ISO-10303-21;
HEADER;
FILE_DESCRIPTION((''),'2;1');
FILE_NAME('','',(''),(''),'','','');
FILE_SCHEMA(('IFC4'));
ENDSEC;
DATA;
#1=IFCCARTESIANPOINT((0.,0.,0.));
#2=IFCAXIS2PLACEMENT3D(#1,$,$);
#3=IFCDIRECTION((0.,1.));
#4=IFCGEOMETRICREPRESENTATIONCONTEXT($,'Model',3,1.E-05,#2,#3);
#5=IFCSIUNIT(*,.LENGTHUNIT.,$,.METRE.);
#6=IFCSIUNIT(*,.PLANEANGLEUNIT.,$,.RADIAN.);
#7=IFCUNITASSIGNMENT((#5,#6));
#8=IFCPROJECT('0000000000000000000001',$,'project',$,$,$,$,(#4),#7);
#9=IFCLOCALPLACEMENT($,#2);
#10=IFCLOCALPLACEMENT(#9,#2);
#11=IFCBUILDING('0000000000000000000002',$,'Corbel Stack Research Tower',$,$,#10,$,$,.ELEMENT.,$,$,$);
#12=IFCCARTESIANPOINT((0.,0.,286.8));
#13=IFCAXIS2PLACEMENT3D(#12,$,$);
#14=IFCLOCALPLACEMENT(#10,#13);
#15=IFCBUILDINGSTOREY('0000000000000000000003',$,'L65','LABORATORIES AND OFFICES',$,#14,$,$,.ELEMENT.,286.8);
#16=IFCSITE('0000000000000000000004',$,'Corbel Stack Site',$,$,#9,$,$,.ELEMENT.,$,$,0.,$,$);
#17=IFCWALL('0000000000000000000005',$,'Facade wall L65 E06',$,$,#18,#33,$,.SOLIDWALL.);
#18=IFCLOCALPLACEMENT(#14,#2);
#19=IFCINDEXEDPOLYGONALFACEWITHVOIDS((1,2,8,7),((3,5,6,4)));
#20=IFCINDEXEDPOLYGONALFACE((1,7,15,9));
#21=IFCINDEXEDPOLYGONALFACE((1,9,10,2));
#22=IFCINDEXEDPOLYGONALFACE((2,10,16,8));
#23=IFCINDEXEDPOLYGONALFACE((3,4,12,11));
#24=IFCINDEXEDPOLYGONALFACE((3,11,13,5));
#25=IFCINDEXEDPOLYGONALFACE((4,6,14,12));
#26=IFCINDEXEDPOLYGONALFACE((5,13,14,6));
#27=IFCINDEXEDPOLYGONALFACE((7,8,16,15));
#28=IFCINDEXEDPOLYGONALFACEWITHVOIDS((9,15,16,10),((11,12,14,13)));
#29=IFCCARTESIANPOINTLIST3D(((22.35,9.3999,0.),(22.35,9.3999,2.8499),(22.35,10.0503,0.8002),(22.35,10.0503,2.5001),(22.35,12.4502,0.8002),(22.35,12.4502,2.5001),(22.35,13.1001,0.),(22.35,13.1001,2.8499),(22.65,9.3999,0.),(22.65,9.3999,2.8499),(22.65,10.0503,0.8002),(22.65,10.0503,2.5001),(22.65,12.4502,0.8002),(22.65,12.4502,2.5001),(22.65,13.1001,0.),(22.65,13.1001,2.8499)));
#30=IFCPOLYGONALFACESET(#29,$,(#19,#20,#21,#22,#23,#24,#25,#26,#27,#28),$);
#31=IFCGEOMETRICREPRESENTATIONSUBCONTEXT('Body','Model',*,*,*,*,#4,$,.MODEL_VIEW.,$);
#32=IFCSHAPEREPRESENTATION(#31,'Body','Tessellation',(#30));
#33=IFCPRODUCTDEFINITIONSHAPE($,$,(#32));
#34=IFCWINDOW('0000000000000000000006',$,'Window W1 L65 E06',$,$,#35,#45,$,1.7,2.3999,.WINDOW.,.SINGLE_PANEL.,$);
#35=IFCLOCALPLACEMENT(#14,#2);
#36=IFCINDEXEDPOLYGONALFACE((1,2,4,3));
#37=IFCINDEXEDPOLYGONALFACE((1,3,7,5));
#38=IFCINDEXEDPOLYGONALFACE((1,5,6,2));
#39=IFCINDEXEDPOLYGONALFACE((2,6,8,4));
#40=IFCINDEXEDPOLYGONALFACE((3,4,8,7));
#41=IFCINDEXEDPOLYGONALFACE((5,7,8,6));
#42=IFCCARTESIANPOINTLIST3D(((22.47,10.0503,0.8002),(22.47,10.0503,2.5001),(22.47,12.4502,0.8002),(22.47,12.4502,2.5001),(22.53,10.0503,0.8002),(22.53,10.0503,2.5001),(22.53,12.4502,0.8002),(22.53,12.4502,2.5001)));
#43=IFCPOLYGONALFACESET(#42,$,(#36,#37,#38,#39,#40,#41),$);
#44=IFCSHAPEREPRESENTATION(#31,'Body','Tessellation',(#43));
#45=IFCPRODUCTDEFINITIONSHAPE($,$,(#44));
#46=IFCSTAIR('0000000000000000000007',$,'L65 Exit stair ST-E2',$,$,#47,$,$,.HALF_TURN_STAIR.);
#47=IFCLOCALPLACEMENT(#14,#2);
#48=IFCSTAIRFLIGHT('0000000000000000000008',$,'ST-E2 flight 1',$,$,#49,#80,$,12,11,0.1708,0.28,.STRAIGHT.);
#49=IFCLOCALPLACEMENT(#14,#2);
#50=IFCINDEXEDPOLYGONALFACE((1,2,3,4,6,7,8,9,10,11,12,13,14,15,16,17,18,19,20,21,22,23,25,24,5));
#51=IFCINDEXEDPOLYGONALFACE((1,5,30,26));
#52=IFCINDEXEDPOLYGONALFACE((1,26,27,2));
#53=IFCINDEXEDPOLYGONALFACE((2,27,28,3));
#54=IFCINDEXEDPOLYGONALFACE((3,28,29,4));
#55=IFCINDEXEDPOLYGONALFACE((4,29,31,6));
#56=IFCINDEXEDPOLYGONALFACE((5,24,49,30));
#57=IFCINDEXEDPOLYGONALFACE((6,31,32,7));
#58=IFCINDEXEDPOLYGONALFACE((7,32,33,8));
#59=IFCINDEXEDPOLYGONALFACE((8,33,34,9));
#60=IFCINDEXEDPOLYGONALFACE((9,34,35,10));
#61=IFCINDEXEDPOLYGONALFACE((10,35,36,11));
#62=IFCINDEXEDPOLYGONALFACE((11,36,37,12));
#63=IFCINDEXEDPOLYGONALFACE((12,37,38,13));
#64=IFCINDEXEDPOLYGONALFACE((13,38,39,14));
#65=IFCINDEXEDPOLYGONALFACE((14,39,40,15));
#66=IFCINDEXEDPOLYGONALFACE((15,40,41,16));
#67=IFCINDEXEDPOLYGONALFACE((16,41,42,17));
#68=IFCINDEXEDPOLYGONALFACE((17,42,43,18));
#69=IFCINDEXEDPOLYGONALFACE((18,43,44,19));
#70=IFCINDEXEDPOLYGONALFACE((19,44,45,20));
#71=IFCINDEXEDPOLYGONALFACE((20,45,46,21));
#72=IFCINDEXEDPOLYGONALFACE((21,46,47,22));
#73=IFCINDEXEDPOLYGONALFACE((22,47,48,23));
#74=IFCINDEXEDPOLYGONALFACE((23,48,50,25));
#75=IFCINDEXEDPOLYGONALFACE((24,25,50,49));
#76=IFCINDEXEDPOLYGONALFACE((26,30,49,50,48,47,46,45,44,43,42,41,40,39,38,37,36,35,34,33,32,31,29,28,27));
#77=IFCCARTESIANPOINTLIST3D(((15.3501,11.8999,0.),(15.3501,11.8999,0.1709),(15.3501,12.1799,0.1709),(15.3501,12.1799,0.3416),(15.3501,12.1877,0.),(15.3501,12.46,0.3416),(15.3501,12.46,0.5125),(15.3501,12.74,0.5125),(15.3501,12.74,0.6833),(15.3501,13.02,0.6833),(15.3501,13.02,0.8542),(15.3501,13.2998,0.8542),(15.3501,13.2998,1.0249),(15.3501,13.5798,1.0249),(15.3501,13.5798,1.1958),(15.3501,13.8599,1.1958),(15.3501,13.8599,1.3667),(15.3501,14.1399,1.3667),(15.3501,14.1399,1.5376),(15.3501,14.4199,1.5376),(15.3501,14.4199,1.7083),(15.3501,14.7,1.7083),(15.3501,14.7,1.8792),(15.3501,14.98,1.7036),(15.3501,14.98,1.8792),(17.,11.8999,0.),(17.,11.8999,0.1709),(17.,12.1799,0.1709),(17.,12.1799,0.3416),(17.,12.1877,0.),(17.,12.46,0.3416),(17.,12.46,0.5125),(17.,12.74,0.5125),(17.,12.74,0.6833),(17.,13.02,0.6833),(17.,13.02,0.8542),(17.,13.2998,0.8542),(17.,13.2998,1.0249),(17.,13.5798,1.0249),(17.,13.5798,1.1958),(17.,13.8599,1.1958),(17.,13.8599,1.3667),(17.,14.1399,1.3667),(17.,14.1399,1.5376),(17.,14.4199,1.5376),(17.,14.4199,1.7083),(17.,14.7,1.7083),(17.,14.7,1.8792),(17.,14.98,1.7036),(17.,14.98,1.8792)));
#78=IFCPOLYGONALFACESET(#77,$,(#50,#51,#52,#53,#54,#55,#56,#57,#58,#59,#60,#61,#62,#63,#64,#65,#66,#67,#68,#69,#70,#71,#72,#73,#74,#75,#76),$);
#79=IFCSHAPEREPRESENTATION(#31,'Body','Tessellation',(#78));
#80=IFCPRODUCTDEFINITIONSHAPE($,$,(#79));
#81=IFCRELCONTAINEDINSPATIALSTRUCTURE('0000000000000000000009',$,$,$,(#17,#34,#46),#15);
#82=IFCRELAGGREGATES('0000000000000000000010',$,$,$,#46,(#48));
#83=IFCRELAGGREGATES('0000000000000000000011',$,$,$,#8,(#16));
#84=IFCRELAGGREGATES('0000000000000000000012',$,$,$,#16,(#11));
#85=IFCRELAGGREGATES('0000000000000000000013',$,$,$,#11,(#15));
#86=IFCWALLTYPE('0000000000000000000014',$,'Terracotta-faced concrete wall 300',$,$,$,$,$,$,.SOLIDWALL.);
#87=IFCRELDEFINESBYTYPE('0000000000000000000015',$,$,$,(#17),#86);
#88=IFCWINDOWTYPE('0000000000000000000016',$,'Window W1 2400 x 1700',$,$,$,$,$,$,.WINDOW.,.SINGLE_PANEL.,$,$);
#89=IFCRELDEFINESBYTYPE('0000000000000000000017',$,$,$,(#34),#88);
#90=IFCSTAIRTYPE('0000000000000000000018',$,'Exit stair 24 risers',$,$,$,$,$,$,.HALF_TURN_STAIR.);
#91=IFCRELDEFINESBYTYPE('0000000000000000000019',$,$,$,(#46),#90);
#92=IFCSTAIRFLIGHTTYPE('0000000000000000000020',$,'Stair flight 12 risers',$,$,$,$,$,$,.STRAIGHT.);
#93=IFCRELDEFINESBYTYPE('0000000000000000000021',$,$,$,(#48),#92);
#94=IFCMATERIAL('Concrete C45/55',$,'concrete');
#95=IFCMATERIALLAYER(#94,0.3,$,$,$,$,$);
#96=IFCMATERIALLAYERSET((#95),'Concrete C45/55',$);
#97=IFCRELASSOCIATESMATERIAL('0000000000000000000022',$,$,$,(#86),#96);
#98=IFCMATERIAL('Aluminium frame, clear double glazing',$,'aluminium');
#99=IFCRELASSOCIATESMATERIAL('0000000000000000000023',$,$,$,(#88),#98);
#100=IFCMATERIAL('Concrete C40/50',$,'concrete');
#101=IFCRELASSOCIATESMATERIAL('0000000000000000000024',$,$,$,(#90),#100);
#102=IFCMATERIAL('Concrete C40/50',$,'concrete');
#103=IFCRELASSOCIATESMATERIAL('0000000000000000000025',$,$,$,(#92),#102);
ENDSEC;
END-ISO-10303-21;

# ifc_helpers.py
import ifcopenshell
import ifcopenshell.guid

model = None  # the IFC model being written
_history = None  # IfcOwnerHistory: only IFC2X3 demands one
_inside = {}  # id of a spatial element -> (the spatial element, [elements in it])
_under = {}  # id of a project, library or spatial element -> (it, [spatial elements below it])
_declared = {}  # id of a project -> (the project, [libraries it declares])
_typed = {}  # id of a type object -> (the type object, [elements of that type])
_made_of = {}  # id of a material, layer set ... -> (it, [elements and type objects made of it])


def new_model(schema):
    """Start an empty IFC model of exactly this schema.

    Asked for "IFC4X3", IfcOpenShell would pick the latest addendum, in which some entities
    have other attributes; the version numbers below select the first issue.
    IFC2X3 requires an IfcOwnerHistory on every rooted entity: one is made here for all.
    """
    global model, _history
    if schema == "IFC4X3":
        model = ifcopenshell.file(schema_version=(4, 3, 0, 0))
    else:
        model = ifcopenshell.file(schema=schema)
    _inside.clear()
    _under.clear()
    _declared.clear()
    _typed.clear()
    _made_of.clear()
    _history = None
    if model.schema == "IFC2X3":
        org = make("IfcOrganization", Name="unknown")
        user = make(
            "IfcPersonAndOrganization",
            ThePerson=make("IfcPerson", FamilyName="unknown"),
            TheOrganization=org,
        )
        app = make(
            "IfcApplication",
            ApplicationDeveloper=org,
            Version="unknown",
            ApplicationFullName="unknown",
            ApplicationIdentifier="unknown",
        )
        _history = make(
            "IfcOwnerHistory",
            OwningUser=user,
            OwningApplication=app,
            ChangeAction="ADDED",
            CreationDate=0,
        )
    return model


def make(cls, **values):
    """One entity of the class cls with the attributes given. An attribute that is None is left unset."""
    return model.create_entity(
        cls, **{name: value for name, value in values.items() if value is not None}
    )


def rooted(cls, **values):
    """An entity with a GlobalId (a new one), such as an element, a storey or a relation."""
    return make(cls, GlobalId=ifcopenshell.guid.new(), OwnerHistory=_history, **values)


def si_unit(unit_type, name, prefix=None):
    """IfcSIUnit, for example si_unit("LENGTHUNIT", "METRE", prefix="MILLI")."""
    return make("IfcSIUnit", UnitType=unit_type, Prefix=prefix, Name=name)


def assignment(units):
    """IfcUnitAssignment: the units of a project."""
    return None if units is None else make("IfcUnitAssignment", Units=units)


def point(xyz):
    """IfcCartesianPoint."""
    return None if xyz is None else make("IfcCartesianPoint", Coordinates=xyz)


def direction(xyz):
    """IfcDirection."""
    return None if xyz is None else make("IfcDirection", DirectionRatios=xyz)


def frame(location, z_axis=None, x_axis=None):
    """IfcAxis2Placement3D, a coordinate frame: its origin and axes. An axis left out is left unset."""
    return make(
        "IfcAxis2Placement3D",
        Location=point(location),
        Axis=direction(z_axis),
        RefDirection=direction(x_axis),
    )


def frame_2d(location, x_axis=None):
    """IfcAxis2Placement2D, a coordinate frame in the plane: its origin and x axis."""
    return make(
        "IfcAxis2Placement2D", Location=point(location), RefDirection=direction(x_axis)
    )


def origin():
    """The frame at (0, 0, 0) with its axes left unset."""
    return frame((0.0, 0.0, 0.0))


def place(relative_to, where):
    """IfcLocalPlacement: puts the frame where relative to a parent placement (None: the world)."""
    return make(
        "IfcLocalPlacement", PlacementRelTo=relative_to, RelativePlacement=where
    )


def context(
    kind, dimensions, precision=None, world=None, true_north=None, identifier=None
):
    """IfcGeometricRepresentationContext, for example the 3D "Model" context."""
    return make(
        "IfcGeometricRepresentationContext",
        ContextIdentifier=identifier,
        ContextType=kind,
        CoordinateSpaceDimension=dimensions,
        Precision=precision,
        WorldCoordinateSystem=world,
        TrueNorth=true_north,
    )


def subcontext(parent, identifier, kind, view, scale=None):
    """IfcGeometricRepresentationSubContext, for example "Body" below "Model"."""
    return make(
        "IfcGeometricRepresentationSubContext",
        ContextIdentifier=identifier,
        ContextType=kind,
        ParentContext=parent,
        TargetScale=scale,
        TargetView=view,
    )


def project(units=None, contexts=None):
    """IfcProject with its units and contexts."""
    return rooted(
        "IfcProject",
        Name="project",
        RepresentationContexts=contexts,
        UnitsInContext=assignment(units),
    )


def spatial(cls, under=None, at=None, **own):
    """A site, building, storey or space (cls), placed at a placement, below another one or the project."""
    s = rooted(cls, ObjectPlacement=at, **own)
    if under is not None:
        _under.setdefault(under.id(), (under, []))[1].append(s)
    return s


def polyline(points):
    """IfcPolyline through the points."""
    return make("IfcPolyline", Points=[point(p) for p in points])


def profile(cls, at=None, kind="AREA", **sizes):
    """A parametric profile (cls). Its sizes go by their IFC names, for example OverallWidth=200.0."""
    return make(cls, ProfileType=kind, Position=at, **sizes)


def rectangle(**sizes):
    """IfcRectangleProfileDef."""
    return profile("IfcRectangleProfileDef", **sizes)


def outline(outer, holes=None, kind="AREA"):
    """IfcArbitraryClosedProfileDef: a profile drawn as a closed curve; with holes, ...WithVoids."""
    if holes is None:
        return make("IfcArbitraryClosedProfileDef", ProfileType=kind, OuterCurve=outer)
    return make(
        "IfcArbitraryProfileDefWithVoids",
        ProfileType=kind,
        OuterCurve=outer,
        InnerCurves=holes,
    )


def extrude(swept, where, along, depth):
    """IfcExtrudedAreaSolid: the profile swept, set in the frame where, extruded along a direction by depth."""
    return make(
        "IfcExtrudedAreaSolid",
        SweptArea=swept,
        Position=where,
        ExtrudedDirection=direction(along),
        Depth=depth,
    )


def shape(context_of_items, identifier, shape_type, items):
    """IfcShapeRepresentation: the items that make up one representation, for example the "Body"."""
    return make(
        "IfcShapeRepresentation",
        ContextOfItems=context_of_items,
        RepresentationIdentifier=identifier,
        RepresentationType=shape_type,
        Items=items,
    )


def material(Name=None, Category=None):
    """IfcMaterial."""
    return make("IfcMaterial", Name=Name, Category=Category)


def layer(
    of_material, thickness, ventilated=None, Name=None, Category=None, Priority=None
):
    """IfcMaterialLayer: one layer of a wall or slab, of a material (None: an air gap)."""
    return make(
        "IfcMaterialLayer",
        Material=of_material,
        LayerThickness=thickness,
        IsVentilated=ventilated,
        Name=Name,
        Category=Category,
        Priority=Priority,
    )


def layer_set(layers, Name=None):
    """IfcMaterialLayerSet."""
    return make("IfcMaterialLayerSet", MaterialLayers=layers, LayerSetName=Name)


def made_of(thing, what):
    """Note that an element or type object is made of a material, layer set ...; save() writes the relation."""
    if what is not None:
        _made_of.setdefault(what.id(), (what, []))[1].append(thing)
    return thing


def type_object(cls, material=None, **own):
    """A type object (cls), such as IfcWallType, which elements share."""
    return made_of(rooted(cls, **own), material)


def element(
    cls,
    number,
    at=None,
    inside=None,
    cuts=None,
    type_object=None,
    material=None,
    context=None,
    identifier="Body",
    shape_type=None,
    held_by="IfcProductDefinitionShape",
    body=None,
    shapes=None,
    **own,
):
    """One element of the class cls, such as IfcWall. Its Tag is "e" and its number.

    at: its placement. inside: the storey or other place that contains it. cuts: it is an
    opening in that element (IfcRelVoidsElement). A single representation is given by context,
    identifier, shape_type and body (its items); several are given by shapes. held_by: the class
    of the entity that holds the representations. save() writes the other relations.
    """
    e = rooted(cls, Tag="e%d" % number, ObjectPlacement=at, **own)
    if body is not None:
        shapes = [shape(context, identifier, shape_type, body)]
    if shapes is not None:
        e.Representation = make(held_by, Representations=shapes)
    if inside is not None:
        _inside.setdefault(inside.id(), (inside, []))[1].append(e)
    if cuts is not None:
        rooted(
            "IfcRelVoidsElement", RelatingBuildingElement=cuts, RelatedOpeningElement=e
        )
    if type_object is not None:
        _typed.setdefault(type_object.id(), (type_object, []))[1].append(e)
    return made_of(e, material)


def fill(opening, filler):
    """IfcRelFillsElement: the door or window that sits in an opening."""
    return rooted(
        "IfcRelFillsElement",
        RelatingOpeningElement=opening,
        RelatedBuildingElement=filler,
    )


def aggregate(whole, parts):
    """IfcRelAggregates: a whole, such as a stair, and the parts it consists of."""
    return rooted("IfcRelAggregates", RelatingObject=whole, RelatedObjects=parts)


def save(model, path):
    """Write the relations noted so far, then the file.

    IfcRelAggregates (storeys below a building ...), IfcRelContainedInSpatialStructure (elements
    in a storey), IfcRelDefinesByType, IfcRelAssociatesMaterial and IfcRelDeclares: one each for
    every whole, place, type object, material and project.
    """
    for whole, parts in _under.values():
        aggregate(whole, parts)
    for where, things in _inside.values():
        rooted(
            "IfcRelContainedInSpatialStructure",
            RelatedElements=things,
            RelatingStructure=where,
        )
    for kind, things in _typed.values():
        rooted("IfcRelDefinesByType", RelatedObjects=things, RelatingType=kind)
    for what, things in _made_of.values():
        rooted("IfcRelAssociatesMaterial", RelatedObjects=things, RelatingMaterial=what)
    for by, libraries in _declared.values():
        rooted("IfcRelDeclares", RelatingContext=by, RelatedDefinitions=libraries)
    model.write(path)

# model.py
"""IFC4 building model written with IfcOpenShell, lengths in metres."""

from ifc_helpers import new_model, si_unit, direction, frame, frame_2d, origin, place, context, subcontext, project, spatial, polyline, rectangle, outline, extrude, material, layer, layer_set, type_object, element, fill, aggregate, save


model = new_model("IFC4")

# Units and contexts
model_context = context("Model", 3, precision=1e-05, world=origin(), true_north=direction((0.0, 1.0)))
body_context = subcontext(model_context, "Body", "Model", "MODEL_VIEW")
ifc_project = project(units=[si_unit("LENGTHUNIT", "METRE"), si_unit("PLANEANGLEUNIT", "RADIAN")], contexts=[model_context])

# Site, building, storey
site_placement = place(None, origin())
site = spatial("IfcSite", under=ifc_project, at=site_placement, Name="Corbel Stack Site", CompositionType="ELEMENT", RefElevation=0.0)
building_placement = place(site_placement, origin())
building = spatial("IfcBuilding", under=site, at=building_placement, Name="Corbel Stack Research Tower", CompositionType="ELEMENT")
storey_placement = place(building_placement, frame((0.0, 0.0, 286.8)))
storey = spatial("IfcBuildingStorey", under=building, at=storey_placement, Name="L65", Description="LABORATORIES AND OFFICES", CompositionType="ELEMENT", Elevation=286.8)

# Wall, opening, window
ifc_material_1 = material(Name="Concrete C45/55", Category="concrete")
ifc_layer_1 = layer(ifc_material_1, 0.3)
ifc_layer_set_1 = layer_set([ifc_layer_1], Name="Concrete C45/55")
wall_type_1 = type_object("IfcWallType", Name="Terracotta-faced concrete wall 300", PredefinedType="SOLIDWALL", material=ifc_layer_set_1)
ifc_material_2 = material(Name="Aluminium frame, clear double glazing", Category="aluminium")
window_type = type_object("IfcWindowType", Name="Window W1 2400 x 1700", PartitioningType="SINGLE_PANEL", PredefinedType="WINDOW", material=ifc_material_2)
wall_1_placement = place(storey_placement, frame((22.5, 13.1001, 0.0), z_axis=(0.0, 0.0, 1.0), x_axis=(0.0, -1.0, 0.0)))
wall_1 = element("IfcWall", 1, at=wall_1_placement, inside=storey, type_object=wall_type_1, Name="Facade wall L65 E06", PredefinedType="SOLIDWALL", context=body_context, shape_type="SweptSolid", body=[
    extrude(rectangle(XDim=3.7002, YDim=0.3, at=frame_2d((1.8501, 0.0))), origin(), (0.0, 0.0, 1.0), 2.8499),
])
opening_1_placement = place(wall_1_placement, frame((0.6499, 0.0, 0.8)))
opening_1 = element("IfcOpeningElement", 2, at=opening_1_placement, cuts=wall_1, PredefinedType="OPENING", context=body_context, shape_type="SweptSolid", body=[
    extrude(rectangle(XDim=2.3999, YDim=1.7, at=frame_2d((1.2, 0.8501))), frame((0.0, 0.1599, 0.0), z_axis=(0.0, -1.0, 0.0), x_axis=(1.0, 0.0, 0.0)), (0.0, 0.0, 1.0), 0.3201),
])
window_1_placement = place(opening_1_placement, origin())
window_1 = element("IfcWindow", 3, at=window_1_placement, inside=storey, type_object=window_type, Name="Window W1 L65 E06", OverallHeight=1.7, OverallWidth=2.3999, PartitioningType="SINGLE_PANEL", PredefinedType="WINDOW", context=body_context, shape_type="SweptSolid", body=[
    extrude(rectangle(XDim=2.3999, YDim=1.7, at=frame_2d((1.2, 0.8501))), frame((0.0, 0.03, 0.0), z_axis=(0.0, -1.0, 0.0), x_axis=(1.0, 0.0, 0.0)), (0.0, 0.0, 1.0), 0.0601),
])
fill(opening_1, window_1)

# Stair, stair flight
ifc_material_3 = material(Name="Concrete C40/50", Category="concrete")
stair_type = type_object("IfcStairType", Name="Exit stair 24 risers", PredefinedType="HALF_TURN_STAIR", material=ifc_material_3)
stair_placement = place(storey_placement, origin())
stair = element("IfcStair", 4, at=stair_placement, inside=storey, type_object=stair_type, Name="L65 Exit stair ST-E2", PredefinedType="HALF_TURN_STAIR")
ifc_material_4 = material(Name="Concrete C40/50", Category="concrete")
stair_flight_type = type_object("IfcStairFlightType", Name="Stair flight 12 risers", PredefinedType="STRAIGHT", material=ifc_material_4)
stair_flight_placement = place(storey_placement, frame((16.175, 11.8999, 0.0), z_axis=(0.0, 0.0, 1.0), x_axis=(0.0, 1.0, 0.0)))
stair_flight = element("IfcStairFlight", 5, at=stair_flight_placement, type_object=stair_flight_type, Name="ST-E2 flight 1", NumberOfRisers=12, NumberOfTreads=11, PredefinedType="STRAIGHT", RiserHeight=0.1708, TreadLength=0.28, context=body_context, shape_type="SweptSolid", body=[
    extrude(outline(polyline([(0.0, 0.0), (0.0, 0.1709), (0.28, 0.1709), (0.28, 0.3416), (0.5601, 0.3416), (0.5601, 0.5125), (0.8401, 0.5125), (0.8401, 0.6833), (1.1201, 0.6833), (1.1201, 0.8542), (1.3999, 0.8542), (1.3999, 1.0249), (1.6799, 1.0249), (1.6799, 1.1958), (1.96, 1.1958), (1.96, 1.3667), (2.24, 1.3667), (2.24, 1.5376), (2.52, 1.5376), (2.52, 1.7083), (2.8, 1.7083), (2.8, 1.8792), (3.0801, 1.8792), (3.0801, 2.05), (3.0801, 1.7036), (0.2878, 0.0), (0.0, 0.0)])), frame((0.0, 0.825, 0.0), z_axis=(0.0, -1.0, 0.0), x_axis=(1.0, 0.0, 0.0)), (0.0, 0.0, 1.0), 1.6499),
])
aggregate(stair, [stair_flight])

save(model, "model.ifc")
